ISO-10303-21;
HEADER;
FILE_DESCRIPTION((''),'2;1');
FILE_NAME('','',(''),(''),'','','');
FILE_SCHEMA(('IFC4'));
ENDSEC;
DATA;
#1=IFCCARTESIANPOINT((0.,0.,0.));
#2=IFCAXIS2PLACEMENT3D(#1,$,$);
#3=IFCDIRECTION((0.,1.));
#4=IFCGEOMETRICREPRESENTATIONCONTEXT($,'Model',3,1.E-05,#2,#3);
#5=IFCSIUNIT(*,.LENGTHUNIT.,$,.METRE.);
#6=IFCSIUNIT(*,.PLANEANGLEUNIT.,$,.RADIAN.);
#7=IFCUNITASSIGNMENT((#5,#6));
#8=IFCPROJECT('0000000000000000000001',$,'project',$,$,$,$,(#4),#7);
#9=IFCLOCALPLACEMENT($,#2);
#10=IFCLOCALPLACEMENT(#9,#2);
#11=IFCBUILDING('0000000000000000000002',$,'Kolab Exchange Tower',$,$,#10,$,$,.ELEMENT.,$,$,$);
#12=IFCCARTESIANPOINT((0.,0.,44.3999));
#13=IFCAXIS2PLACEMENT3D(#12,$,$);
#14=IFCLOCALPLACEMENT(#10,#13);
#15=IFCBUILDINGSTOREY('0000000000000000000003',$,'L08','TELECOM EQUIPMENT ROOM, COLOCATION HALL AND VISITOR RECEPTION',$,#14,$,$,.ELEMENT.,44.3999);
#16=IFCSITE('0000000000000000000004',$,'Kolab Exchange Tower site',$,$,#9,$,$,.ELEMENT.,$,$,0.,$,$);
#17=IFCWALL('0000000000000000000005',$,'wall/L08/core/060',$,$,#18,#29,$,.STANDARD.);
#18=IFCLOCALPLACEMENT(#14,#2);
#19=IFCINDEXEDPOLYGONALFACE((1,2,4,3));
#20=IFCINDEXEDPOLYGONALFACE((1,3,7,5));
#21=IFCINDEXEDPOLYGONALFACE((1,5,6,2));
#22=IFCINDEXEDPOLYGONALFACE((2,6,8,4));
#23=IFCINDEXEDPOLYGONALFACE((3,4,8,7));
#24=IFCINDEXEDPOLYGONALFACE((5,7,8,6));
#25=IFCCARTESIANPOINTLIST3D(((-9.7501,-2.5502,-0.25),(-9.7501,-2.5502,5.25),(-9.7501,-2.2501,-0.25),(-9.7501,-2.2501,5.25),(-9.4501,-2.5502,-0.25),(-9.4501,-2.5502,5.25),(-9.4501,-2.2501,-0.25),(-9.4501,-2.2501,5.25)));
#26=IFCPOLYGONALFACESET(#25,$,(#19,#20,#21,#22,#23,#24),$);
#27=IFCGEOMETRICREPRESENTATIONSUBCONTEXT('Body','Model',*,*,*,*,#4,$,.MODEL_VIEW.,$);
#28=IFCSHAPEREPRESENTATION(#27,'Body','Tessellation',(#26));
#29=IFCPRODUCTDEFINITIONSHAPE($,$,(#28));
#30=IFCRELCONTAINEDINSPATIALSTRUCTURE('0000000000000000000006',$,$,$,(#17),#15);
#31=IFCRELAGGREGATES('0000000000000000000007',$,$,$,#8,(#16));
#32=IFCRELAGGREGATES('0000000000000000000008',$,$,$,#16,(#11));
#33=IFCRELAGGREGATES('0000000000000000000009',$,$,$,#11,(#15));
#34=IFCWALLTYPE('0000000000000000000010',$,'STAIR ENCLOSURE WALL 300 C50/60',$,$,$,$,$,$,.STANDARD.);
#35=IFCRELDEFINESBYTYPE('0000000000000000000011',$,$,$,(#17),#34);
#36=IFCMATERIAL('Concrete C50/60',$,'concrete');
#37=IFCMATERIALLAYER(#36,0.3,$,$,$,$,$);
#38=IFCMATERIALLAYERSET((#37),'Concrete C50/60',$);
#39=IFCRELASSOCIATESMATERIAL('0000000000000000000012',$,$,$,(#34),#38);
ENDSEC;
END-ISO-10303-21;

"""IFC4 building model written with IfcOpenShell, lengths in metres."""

from ifc_helpers import new_model, si_unit, direction, frame, frame_2d, origin, place, context, subcontext, project, spatial, rectangle, extrude, material, layer, layer_set, type_object, element, save


model = new_model("IFC4")

# Units and contexts
model_context = context("Model", 3, precision=1e-05, world=origin(), true_north=direction((0.0, 1.0)))
body_context = subcontext(model_context, "Body", "Model", "MODEL_VIEW")
ifc_project = project(units=[si_unit("LENGTHUNIT", "METRE"), si_unit("PLANEANGLEUNIT", "RADIAN")], contexts=[model_context])

# Site, building, storey
site_placement = place(None, origin())
site = spatial("IfcSite", under=ifc_project, at=site_placement, Name="Kolab Exchange Tower site", CompositionType="ELEMENT", RefElevation=0.0)
building_placement = place(site_placement, origin())
building = spatial("IfcBuilding", under=site, at=building_placement, Name="Kolab Exchange Tower", CompositionType="ELEMENT")
storey_placement = place(building_placement, frame((0.0, 0.0, 44.3999)))
storey = spatial("IfcBuildingStorey", under=building, at=storey_placement, Name="L08", Description="TELECOM EQUIPMENT ROOM, COLOCATION HALL AND VISITOR RECEPTION", CompositionType="ELEMENT", Elevation=44.3999)

# Shared definitions
ifc_material_1 = material(Name="Concrete C50/60", Category="concrete")

# Shared definitions
ifc_layer_1 = layer(ifc_material_1, 0.3)
ifc_layer_set_1 = layer_set([ifc_layer_1], Name="Concrete C50/60")
wall_type_1 = type_object("IfcWallType", Name="STAIR ENCLOSURE WALL 300 C50/60", PredefinedType="STANDARD", material=ifc_layer_set_1)

# Wall
wall_1_placement = place(storey_placement, frame((-9.6001, -2.55, -0.25), z_axis=(0.0, 0.0, 1.0), x_axis=(0.0, 1.0, 0.0)))
element("IfcWall", 1, at=wall_1_placement, inside=storey, type_object=wall_type_1, Name="wall/L08/core/060", PredefinedType="STANDARD", context=body_context, shape_type="SweptSolid", body=[
    extrude(rectangle(XDim=0.3, YDim=0.3, at=frame_2d((0.1499, 0.0))), origin(), (0.0, 0.0, 1.0), 5.5),
])

save(model, "model.ifc")
